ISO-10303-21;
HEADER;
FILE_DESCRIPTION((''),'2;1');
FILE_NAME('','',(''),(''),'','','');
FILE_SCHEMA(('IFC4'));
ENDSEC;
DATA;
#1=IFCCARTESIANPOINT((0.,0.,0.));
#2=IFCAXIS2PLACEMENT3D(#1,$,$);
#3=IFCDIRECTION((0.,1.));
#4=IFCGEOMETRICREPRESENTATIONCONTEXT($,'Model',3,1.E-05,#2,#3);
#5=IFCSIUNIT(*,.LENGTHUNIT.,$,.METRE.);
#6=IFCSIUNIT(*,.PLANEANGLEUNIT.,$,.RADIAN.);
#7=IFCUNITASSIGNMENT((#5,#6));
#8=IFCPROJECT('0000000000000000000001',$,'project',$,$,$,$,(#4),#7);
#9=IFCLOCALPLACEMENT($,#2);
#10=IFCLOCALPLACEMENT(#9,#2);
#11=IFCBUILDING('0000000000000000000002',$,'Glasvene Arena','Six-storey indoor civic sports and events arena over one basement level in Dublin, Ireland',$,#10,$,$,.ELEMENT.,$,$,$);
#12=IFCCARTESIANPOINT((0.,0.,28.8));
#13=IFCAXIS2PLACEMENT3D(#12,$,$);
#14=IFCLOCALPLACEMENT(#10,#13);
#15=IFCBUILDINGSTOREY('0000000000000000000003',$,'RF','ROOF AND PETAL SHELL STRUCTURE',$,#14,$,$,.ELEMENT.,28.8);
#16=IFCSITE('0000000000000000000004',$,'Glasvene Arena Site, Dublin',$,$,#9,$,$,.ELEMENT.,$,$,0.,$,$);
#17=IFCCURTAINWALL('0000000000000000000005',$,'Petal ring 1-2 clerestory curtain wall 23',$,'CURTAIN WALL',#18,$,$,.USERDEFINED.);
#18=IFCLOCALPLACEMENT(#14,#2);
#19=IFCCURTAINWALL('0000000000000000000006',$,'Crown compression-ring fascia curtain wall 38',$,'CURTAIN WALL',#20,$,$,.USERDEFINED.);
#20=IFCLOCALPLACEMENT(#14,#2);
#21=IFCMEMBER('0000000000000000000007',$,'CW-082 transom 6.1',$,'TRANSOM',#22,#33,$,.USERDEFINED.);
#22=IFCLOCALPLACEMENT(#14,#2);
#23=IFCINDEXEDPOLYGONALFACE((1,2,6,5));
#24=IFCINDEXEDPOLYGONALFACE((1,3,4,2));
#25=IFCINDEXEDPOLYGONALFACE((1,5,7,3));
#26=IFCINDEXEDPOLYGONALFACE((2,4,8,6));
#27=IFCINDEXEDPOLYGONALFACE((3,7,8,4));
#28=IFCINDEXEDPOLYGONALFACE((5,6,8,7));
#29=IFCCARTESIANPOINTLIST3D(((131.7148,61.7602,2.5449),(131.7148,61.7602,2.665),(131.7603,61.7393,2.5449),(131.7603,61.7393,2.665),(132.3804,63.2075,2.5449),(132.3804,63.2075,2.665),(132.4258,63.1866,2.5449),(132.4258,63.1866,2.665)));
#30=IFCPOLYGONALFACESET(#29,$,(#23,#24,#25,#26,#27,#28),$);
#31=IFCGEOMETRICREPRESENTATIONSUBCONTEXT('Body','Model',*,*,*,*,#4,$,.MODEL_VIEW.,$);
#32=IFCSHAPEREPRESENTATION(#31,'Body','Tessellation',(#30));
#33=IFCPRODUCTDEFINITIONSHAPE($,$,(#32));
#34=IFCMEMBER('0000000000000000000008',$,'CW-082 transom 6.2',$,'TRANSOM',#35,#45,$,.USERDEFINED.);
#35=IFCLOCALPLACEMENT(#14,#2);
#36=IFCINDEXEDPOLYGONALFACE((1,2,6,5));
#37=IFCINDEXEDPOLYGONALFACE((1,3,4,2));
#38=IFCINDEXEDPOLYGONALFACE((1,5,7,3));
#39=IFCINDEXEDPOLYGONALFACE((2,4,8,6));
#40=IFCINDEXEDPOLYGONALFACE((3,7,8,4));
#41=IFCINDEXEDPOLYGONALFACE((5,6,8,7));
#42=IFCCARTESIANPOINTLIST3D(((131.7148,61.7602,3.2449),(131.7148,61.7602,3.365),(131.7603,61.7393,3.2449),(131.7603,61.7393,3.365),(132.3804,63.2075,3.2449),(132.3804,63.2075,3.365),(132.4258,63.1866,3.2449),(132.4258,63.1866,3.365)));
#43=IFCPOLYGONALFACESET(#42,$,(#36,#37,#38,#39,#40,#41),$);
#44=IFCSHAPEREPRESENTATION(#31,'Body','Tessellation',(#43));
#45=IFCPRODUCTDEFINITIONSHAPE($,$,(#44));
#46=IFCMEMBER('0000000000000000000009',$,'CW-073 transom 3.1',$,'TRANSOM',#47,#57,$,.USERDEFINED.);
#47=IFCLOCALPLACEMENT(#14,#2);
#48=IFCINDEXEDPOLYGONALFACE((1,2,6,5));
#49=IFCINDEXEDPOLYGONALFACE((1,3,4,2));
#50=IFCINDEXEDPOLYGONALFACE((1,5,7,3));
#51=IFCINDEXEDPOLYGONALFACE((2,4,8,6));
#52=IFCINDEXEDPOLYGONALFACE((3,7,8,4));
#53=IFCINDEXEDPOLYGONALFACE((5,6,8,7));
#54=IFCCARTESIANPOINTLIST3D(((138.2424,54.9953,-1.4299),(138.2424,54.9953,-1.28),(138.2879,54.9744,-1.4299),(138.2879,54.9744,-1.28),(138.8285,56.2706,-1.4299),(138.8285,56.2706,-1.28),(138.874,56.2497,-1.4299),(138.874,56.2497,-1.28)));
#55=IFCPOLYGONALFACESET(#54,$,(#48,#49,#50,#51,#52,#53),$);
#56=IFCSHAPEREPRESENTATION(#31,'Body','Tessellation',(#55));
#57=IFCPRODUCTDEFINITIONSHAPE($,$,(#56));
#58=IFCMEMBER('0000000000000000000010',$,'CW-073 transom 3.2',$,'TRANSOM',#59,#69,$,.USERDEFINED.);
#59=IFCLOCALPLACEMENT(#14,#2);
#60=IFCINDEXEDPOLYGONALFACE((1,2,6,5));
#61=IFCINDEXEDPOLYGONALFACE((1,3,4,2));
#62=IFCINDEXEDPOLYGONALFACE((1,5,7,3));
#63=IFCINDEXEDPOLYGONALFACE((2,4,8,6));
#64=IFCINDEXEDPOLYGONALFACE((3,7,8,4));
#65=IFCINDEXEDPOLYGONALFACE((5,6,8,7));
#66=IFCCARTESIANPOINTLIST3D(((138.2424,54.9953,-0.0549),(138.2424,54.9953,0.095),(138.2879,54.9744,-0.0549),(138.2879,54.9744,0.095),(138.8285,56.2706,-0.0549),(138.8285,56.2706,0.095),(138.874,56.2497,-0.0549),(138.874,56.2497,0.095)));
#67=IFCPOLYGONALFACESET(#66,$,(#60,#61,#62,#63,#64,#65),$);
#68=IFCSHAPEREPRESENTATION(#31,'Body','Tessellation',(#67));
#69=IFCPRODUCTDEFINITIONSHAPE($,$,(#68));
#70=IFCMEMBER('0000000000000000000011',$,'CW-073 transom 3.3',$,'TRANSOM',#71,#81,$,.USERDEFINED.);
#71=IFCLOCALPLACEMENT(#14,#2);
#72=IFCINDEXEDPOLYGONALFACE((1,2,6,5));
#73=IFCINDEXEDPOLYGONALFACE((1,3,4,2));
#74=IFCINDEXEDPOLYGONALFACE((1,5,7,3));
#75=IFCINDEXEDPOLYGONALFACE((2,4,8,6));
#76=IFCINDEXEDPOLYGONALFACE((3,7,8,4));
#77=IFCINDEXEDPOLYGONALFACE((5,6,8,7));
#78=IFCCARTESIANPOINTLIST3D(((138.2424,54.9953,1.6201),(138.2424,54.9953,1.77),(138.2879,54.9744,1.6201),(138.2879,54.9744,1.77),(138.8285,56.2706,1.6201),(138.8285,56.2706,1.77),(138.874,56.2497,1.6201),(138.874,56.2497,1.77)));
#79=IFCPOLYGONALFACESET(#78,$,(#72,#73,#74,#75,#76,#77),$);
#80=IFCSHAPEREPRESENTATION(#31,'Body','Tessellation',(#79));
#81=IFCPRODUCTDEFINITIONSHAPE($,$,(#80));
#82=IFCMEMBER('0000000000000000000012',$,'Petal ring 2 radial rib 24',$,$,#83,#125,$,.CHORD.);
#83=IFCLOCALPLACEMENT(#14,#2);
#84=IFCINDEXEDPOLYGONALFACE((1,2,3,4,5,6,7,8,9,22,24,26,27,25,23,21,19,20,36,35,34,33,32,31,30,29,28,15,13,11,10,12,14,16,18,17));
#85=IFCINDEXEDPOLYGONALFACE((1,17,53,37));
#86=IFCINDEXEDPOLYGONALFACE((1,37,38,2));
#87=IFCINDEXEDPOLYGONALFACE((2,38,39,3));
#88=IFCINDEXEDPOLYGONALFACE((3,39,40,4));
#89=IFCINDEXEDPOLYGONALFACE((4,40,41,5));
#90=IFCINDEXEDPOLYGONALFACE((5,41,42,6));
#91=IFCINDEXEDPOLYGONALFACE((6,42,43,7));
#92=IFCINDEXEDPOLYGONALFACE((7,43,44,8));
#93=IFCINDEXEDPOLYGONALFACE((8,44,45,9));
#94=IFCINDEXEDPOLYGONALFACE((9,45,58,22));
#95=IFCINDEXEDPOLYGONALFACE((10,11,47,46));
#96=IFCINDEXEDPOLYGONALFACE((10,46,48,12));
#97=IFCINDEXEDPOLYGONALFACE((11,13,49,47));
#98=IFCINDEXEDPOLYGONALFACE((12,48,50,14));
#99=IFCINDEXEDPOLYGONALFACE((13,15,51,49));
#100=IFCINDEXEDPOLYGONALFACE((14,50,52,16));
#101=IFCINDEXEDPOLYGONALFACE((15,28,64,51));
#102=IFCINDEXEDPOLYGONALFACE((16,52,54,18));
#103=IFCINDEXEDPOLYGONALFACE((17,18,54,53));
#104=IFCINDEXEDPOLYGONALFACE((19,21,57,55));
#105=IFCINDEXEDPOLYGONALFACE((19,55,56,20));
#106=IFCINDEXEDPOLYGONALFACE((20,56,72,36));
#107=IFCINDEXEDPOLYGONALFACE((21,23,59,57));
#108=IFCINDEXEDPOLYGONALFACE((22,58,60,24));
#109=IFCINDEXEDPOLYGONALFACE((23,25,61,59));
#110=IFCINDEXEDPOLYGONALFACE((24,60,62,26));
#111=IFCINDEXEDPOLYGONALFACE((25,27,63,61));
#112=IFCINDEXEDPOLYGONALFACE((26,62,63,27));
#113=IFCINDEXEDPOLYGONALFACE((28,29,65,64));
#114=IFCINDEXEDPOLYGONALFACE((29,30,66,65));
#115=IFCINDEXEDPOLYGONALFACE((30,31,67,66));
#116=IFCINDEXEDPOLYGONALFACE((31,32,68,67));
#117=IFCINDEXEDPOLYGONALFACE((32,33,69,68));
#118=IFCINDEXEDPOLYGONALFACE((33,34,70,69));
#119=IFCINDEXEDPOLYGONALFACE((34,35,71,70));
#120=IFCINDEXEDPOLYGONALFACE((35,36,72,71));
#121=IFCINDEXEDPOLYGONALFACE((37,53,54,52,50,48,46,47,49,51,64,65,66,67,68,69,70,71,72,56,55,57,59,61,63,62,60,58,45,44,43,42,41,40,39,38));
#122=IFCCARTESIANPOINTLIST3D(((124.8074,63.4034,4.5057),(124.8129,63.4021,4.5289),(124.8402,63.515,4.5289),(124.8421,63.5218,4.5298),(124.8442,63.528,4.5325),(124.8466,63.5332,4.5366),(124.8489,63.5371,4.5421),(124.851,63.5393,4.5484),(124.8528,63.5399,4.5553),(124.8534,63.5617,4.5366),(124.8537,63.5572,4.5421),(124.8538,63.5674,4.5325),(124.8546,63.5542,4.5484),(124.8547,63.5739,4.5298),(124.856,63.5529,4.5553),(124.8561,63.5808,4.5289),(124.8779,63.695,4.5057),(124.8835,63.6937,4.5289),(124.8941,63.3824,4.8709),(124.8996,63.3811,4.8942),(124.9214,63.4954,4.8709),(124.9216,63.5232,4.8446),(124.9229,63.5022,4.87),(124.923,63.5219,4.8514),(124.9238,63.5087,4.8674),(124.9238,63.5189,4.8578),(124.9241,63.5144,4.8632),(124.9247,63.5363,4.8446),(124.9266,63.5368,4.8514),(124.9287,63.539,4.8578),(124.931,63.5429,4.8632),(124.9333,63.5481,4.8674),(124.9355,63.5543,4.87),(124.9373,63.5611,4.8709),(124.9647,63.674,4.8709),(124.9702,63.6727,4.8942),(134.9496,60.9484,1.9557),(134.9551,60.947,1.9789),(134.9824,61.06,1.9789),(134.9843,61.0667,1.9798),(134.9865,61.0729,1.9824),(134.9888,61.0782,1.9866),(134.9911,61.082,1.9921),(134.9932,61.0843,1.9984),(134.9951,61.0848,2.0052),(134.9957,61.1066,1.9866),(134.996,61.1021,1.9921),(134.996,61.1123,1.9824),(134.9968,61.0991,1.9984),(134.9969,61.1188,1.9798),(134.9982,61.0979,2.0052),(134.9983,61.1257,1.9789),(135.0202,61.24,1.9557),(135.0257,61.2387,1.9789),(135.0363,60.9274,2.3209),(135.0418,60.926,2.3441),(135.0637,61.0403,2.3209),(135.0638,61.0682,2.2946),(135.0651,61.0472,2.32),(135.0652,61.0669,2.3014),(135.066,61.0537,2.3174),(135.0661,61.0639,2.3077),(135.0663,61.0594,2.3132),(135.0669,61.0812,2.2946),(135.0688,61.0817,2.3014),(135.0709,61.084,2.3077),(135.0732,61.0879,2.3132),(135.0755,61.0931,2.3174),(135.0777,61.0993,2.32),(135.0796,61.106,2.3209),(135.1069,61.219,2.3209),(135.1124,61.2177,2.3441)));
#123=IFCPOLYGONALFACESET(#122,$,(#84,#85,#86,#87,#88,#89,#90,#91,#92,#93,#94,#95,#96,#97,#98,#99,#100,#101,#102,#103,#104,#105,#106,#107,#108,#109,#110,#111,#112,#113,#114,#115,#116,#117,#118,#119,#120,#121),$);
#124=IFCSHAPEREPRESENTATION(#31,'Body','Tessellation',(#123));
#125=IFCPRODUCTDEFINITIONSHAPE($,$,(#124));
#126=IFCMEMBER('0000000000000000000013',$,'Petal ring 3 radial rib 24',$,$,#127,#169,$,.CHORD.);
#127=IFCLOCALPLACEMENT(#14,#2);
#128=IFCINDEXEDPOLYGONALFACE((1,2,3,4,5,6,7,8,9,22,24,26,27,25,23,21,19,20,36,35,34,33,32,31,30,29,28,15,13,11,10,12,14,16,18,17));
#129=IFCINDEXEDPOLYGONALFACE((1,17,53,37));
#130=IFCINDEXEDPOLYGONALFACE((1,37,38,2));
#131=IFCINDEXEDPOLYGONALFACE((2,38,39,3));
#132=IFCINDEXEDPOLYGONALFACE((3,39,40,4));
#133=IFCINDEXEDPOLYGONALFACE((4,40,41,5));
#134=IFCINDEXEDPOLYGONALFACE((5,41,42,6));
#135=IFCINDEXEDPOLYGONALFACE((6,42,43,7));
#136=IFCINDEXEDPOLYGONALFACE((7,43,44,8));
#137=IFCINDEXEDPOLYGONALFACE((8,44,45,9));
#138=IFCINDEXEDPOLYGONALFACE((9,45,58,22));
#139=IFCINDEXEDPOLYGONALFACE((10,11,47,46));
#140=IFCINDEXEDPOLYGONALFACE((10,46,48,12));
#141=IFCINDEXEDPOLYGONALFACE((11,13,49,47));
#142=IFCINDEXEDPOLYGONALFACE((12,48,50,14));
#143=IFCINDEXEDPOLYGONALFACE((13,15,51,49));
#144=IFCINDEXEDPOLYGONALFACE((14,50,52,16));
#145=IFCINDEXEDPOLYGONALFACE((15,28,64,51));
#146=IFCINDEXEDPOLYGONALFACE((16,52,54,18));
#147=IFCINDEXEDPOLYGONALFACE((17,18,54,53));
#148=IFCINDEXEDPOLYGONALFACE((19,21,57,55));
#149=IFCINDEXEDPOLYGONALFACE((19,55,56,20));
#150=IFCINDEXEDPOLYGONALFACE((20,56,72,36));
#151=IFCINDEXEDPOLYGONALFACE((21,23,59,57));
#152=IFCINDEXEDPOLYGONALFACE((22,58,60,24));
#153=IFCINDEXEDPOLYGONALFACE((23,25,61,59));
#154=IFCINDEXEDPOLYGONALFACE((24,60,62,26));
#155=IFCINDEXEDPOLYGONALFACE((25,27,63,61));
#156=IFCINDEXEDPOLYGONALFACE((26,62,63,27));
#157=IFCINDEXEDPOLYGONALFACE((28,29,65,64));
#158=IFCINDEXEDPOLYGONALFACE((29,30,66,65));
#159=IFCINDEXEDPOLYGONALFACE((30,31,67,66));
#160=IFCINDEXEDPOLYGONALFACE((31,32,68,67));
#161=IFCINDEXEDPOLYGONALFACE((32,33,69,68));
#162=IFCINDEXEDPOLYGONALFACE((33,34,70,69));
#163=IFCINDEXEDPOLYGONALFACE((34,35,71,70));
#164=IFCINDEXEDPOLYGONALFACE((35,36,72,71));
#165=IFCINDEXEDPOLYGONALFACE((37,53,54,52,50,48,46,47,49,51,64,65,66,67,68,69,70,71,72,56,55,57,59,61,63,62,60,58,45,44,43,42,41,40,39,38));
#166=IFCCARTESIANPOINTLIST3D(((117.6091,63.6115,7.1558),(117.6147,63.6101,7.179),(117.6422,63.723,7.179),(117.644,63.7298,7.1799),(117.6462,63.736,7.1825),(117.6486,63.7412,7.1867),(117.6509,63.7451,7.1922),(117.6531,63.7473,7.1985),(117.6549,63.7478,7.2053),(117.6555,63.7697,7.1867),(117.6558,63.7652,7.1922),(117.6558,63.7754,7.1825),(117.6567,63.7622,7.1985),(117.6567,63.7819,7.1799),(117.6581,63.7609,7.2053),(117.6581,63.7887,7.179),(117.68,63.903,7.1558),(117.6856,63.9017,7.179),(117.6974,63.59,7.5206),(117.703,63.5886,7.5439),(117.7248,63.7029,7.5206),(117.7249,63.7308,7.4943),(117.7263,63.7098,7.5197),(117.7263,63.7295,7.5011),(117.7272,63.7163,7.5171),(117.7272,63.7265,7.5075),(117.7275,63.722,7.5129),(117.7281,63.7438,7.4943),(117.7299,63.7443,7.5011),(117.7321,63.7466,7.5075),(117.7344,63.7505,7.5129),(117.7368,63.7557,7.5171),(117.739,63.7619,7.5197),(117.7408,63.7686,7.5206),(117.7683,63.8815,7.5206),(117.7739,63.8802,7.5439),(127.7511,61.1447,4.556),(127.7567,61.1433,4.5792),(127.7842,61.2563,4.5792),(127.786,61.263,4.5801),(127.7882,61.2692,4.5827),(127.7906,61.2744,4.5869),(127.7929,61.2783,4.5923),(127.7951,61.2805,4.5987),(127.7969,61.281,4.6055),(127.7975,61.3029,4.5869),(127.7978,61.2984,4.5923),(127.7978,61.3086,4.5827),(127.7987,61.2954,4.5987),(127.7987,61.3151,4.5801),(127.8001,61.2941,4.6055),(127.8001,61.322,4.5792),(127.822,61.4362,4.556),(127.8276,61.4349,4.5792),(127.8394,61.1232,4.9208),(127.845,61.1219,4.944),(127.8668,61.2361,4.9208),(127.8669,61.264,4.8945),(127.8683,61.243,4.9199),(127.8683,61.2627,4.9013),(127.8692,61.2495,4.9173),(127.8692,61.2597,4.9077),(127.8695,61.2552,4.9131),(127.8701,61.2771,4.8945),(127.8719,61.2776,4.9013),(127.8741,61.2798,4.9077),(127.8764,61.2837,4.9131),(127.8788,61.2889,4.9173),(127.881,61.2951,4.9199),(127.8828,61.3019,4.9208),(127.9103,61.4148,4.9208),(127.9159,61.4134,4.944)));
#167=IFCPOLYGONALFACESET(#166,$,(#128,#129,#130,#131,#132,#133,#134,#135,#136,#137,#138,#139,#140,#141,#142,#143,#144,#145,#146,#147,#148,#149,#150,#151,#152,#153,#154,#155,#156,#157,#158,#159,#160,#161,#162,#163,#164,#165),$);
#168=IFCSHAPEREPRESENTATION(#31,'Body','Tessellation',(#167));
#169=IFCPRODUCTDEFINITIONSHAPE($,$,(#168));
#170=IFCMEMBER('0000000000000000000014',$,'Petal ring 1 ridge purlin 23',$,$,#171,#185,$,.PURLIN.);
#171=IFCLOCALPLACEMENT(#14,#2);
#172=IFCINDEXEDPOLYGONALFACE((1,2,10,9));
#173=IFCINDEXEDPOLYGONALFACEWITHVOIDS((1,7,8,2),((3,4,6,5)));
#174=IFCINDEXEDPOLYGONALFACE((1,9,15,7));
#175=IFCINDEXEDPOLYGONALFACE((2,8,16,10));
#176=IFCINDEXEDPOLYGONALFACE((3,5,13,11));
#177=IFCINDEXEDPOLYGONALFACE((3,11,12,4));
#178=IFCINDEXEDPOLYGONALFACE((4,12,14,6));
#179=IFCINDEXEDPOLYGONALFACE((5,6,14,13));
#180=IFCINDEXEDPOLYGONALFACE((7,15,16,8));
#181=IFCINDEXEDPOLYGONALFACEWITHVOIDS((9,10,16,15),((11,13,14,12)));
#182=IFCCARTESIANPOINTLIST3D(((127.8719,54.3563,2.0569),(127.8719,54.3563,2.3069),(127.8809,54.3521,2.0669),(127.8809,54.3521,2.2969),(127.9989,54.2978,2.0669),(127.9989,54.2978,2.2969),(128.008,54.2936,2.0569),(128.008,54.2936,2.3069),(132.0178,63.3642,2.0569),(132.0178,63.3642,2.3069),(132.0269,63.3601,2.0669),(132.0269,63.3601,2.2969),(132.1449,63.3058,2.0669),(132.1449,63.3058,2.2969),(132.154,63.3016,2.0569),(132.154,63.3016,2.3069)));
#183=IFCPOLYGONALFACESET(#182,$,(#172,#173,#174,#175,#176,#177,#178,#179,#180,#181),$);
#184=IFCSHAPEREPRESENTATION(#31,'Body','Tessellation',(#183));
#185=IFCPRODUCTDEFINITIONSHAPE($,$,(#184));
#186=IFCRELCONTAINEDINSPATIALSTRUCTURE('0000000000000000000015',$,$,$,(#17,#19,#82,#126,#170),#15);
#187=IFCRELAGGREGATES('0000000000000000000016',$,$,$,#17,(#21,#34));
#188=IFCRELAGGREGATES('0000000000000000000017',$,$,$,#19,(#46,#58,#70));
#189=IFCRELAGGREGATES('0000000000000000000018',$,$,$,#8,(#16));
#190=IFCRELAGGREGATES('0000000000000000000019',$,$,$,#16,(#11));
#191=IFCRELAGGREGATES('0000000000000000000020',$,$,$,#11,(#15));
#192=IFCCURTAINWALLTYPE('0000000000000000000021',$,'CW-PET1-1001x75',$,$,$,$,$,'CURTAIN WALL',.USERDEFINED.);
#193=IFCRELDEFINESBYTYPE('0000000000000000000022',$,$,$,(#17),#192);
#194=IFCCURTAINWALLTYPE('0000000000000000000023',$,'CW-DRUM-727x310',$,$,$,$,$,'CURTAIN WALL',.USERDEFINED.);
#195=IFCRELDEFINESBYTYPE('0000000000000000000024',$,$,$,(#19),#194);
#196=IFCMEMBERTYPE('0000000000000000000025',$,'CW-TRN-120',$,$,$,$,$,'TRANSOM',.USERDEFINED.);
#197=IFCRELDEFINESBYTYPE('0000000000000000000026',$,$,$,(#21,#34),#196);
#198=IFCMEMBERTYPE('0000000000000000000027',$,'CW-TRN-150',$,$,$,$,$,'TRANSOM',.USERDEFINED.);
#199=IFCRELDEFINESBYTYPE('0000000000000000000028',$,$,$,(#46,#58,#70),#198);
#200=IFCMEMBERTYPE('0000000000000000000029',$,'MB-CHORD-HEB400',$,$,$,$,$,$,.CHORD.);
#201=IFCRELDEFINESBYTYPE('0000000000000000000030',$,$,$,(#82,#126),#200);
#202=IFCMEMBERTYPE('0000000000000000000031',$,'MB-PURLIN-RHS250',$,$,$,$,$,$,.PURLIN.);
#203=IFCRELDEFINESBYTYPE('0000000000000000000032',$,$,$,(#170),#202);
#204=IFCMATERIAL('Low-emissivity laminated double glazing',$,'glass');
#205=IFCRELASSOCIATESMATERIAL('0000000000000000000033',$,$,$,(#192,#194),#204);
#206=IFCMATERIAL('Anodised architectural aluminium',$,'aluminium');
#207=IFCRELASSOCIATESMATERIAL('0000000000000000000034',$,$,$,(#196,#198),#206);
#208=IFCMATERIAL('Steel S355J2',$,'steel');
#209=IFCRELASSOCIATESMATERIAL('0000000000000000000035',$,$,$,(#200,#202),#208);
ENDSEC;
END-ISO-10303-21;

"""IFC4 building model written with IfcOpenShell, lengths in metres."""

from ifc_helpers import new_model, si_unit, direction, frame, origin, origin_2d, place, context, subcontext, project, spatial, rectangle, hollow_rectangle, i_section, extrude, material, material_profile, profile_set, type_object, element, aggregate, save


model = new_model("IFC4")

# Units and contexts
model_context = context("Model", 3, precision=1e-05, world=origin(), true_north=direction((0.0, 1.0)))
body_context = subcontext(model_context, "Body", "Model", "MODEL_VIEW")
ifc_project = project(units=[si_unit("LENGTHUNIT", "METRE"), si_unit("PLANEANGLEUNIT", "RADIAN")], contexts=[model_context])

# Site, building, storey
site_placement = place(None, origin())
site = spatial("IfcSite", under=ifc_project, at=site_placement, Name="Glasvene Arena Site, Dublin", CompositionType="ELEMENT", RefElevation=0.0)
building_placement = place(site_placement, origin())
building = spatial("IfcBuilding", under=site, at=building_placement, Name="Glasvene Arena", Description="Six-storey indoor civic sports and events arena over one basement level in Dublin, Ireland", CompositionType="ELEMENT")
storey_placement = place(building_placement, frame((0.0, 0.0, 28.8)))
storey = spatial("IfcBuildingStorey", under=building, at=storey_placement, Name="RF", Description="ROOF AND PETAL SHELL STRUCTURE", CompositionType="ELEMENT", Elevation=28.8)

# Curtain wall
ifc_material_1 = material(Name="Low-emissivity laminated double glazing", Category="glass")
curtain_wall_type_1 = type_object("IfcCurtainWallType", Name="CW-PET1-1001x75", ElementType="CURTAIN WALL", PredefinedType="USERDEFINED", material=ifc_material_1)
curtain_wall_1_placement = place(storey_placement, frame((128.2432, 54.1499, 0.0)))
curtain_wall_1 = element("IfcCurtainWall", 1, at=curtain_wall_1_placement, inside=storey, type_object=curtain_wall_type_1, Name="Petal ring 1-2 clerestory curtain wall 23", ObjectType="CURTAIN WALL", PredefinedType="USERDEFINED")
ifc_material_2 = material(Name="Anodised architectural aluminium", Category="aluminium")

# Curtain wall
curtain_wall_type_2 = type_object("IfcCurtainWallType", Name="CW-DRUM-727x310", ElementType="CURTAIN WALL", PredefinedType="USERDEFINED", material=ifc_material_1)
curtain_wall_2_placement = place(storey_placement, frame((137.0403, 52.3208, 0.0)))
curtain_wall_2 = element("IfcCurtainWall", 2, at=curtain_wall_2_placement, inside=storey, type_object=curtain_wall_type_2, Name="Crown compression-ring fascia curtain wall 38", ObjectType="CURTAIN WALL", PredefinedType="USERDEFINED")

# Members
ifc_material_profile_1 = material_profile(ifc_material_2, rectangle(XDim=0.05, YDim=0.1201, at=origin_2d()), Name="ALU TRANSOM 50x120")
ifc_profile_set_1 = profile_set([ifc_material_profile_1], Name="Anodised architectural aluminium")
member_type_1 = type_object("IfcMemberType", Name="CW-TRN-120", ElementType="TRANSOM", PredefinedType="USERDEFINED", material=ifc_profile_set_1)
member_1_placement = place(storey_placement, frame((131.7375, 61.7498, 2.605), z_axis=(0.417794, 0.908542, 0.0), x_axis=(-0.908542, 0.417794, 0.0)))
member_1 = element("IfcMember", 3, at=member_1_placement, type_object=member_type_1, Name="CW-082 transom 6.1", ObjectType="TRANSOM", PredefinedType="USERDEFINED", context=body_context, shape_type="SweptSolid", body=[
    extrude(rectangle(XDim=0.05, YDim=0.1201, at=origin_2d()), origin(), (0.0, 0.0, 1.0), 1.593),
])
member_2_placement = place(storey_placement, frame((131.7375, 61.7498, 3.3049), z_axis=(0.417794, 0.908542, 0.0), x_axis=(-0.908542, 0.417794, 0.0)))
member_2 = element("IfcMember", 4, at=member_2_placement, type_object=member_type_1, Name="CW-082 transom 6.2", ObjectType="TRANSOM", PredefinedType="USERDEFINED", context=body_context, shape_type="SweptSolid", body=[
    extrude(rectangle(XDim=0.05, YDim=0.1201, at=origin_2d()), origin(), (0.0, 0.0, 1.0), 1.593),
])
ifc_material_profile_2 = material_profile(ifc_material_2, rectangle(XDim=0.05, YDim=0.1499, at=origin_2d()), Name="ALU TRANSOM 50x150")
ifc_profile_set_2 = profile_set([ifc_material_profile_2], Name="Anodised architectural aluminium")
member_type_2 = type_object("IfcMemberType", Name="CW-TRN-150", ElementType="TRANSOM", PredefinedType="USERDEFINED", material=ifc_profile_set_2)
member_3_placement = place(storey_placement, frame((138.2651, 54.9849, -1.355), z_axis=(0.417613, 0.908625, 0.0), x_axis=(-0.908625, 0.417613, 0.0)))
member_3 = element("IfcMember", 5, at=member_3_placement, type_object=member_type_2, Name="CW-073 transom 3.1", ObjectType="TRANSOM", PredefinedType="USERDEFINED", context=body_context, shape_type="SweptSolid", body=[
    extrude(rectangle(XDim=0.05, YDim=0.1499, at=origin_2d()), origin(), (0.0, 0.0, 1.0), 1.4036),
])
member_4_placement = place(storey_placement, frame((138.2651, 54.9849, 0.02), z_axis=(0.417613, 0.908625, 0.0), x_axis=(-0.908625, 0.417613, 0.0)))
member_4 = element("IfcMember", 6, at=member_4_placement, type_object=member_type_2, Name="CW-073 transom 3.2", ObjectType="TRANSOM", PredefinedType="USERDEFINED", context=body_context, shape_type="SweptSolid", body=[
    extrude(rectangle(XDim=0.05, YDim=0.1499, at=origin_2d()), origin(), (0.0, 0.0, 1.0), 1.4036),
])
member_5_placement = place(storey_placement, frame((138.2651, 54.9849, 1.6951), z_axis=(0.417613, 0.908625, 0.0), x_axis=(-0.908625, 0.417613, 0.0)))
member_5 = element("IfcMember", 7, at=member_5_placement, type_object=member_type_2, Name="CW-073 transom 3.3", ObjectType="TRANSOM", PredefinedType="USERDEFINED", context=body_context, shape_type="SweptSolid", body=[
    extrude(rectangle(XDim=0.05, YDim=0.1499, at=origin_2d()), origin(), (0.0, 0.0, 1.0), 1.4036),
])

# Members
ifc_material_3 = material(Name="Steel S355J2", Category="steel")
ifc_material_profile_3 = material_profile(ifc_material_3, i_section(OverallWidth=0.3, OverallDepth=0.3999, WebThickness=0.0134, FlangeThickness=0.0239, FilletRadius=0.0271, at=origin_2d()), Name="HEB 400")
ifc_profile_set_3 = profile_set([ifc_material_profile_3], Name="Steel S355J2")
member_type_3 = type_object("IfcMemberType", Name="MB-CHORD-HEB400", PredefinedType="CHORD", material=ifc_profile_set_3)
member_6_placement = place(storey_placement, frame((135.031, 61.083, 2.1499), z_axis=(-0.944149, 0.228543, 0.237384), x_axis=(-0.235268, -0.971931, 0.0)))
element("IfcMember", 8, at=member_6_placement, inside=storey, type_object=member_type_3, Name="Petal ring 2 radial rib 24", PredefinedType="CHORD", context=body_context, shape_type="SweptSolid", body=[
    extrude(i_section(OverallWidth=0.3, OverallDepth=0.3999, WebThickness=0.0134, FlangeThickness=0.0239, FilletRadius=0.0271, at=origin_2d()), origin(), (0.0, 0.0, 1.0), 10.7422),
])
member_7_placement = place(storey_placement, frame((127.8335, 61.2791, 4.75), z_axis=(-0.942864, 0.229327, 0.241696), x_axis=(-0.236334, -0.971672, 0.0)))
element("IfcMember", 9, at=member_7_placement, inside=storey, type_object=member_type_3, Name="Petal ring 3 radial rib 24", PredefinedType="CHORD", context=body_context, shape_type="SweptSolid", body=[
    extrude(i_section(OverallWidth=0.3, OverallDepth=0.3999, WebThickness=0.0134, FlangeThickness=0.0239, FilletRadius=0.0271, at=origin_2d()), origin(), (0.0, 0.0, 1.0), 10.7566),
])
ifc_material_profile_4 = material_profile(ifc_material_3, hollow_rectangle(XDim=0.1499, YDim=0.25, WallThickness=0.01, at=origin_2d()), Name="RHS 250x150x10.0")
ifc_profile_set_4 = profile_set([ifc_material_profile_4], Name="Steel S355J2")
member_type_4 = type_object("IfcMemberType", Name="MB-PURLIN-RHS250", PredefinedType="PURLIN", material=ifc_profile_set_4)
member_8_placement = place(storey_placement, frame((127.9399, 54.325, 2.1819), z_axis=(0.418096, 0.908403, 0.0), x_axis=(-0.908403, 0.418096, 0.0)))
element("IfcMember", 10, at=member_8_placement, inside=storey, type_object=member_type_4, Name="Petal ring 1 ridge purlin 23", PredefinedType="PURLIN", context=body_context, shape_type="SweptSolid", body=[
    extrude(hollow_rectangle(XDim=0.1499, YDim=0.25, WallThickness=0.01, at=origin_2d()), origin(), (0.0, 0.0, 1.0), 9.9163),
])

aggregate(curtain_wall_1, [member_1, member_2])
aggregate(curtain_wall_2, [member_3, member_4, member_5])

save(model, "model.ifc")
